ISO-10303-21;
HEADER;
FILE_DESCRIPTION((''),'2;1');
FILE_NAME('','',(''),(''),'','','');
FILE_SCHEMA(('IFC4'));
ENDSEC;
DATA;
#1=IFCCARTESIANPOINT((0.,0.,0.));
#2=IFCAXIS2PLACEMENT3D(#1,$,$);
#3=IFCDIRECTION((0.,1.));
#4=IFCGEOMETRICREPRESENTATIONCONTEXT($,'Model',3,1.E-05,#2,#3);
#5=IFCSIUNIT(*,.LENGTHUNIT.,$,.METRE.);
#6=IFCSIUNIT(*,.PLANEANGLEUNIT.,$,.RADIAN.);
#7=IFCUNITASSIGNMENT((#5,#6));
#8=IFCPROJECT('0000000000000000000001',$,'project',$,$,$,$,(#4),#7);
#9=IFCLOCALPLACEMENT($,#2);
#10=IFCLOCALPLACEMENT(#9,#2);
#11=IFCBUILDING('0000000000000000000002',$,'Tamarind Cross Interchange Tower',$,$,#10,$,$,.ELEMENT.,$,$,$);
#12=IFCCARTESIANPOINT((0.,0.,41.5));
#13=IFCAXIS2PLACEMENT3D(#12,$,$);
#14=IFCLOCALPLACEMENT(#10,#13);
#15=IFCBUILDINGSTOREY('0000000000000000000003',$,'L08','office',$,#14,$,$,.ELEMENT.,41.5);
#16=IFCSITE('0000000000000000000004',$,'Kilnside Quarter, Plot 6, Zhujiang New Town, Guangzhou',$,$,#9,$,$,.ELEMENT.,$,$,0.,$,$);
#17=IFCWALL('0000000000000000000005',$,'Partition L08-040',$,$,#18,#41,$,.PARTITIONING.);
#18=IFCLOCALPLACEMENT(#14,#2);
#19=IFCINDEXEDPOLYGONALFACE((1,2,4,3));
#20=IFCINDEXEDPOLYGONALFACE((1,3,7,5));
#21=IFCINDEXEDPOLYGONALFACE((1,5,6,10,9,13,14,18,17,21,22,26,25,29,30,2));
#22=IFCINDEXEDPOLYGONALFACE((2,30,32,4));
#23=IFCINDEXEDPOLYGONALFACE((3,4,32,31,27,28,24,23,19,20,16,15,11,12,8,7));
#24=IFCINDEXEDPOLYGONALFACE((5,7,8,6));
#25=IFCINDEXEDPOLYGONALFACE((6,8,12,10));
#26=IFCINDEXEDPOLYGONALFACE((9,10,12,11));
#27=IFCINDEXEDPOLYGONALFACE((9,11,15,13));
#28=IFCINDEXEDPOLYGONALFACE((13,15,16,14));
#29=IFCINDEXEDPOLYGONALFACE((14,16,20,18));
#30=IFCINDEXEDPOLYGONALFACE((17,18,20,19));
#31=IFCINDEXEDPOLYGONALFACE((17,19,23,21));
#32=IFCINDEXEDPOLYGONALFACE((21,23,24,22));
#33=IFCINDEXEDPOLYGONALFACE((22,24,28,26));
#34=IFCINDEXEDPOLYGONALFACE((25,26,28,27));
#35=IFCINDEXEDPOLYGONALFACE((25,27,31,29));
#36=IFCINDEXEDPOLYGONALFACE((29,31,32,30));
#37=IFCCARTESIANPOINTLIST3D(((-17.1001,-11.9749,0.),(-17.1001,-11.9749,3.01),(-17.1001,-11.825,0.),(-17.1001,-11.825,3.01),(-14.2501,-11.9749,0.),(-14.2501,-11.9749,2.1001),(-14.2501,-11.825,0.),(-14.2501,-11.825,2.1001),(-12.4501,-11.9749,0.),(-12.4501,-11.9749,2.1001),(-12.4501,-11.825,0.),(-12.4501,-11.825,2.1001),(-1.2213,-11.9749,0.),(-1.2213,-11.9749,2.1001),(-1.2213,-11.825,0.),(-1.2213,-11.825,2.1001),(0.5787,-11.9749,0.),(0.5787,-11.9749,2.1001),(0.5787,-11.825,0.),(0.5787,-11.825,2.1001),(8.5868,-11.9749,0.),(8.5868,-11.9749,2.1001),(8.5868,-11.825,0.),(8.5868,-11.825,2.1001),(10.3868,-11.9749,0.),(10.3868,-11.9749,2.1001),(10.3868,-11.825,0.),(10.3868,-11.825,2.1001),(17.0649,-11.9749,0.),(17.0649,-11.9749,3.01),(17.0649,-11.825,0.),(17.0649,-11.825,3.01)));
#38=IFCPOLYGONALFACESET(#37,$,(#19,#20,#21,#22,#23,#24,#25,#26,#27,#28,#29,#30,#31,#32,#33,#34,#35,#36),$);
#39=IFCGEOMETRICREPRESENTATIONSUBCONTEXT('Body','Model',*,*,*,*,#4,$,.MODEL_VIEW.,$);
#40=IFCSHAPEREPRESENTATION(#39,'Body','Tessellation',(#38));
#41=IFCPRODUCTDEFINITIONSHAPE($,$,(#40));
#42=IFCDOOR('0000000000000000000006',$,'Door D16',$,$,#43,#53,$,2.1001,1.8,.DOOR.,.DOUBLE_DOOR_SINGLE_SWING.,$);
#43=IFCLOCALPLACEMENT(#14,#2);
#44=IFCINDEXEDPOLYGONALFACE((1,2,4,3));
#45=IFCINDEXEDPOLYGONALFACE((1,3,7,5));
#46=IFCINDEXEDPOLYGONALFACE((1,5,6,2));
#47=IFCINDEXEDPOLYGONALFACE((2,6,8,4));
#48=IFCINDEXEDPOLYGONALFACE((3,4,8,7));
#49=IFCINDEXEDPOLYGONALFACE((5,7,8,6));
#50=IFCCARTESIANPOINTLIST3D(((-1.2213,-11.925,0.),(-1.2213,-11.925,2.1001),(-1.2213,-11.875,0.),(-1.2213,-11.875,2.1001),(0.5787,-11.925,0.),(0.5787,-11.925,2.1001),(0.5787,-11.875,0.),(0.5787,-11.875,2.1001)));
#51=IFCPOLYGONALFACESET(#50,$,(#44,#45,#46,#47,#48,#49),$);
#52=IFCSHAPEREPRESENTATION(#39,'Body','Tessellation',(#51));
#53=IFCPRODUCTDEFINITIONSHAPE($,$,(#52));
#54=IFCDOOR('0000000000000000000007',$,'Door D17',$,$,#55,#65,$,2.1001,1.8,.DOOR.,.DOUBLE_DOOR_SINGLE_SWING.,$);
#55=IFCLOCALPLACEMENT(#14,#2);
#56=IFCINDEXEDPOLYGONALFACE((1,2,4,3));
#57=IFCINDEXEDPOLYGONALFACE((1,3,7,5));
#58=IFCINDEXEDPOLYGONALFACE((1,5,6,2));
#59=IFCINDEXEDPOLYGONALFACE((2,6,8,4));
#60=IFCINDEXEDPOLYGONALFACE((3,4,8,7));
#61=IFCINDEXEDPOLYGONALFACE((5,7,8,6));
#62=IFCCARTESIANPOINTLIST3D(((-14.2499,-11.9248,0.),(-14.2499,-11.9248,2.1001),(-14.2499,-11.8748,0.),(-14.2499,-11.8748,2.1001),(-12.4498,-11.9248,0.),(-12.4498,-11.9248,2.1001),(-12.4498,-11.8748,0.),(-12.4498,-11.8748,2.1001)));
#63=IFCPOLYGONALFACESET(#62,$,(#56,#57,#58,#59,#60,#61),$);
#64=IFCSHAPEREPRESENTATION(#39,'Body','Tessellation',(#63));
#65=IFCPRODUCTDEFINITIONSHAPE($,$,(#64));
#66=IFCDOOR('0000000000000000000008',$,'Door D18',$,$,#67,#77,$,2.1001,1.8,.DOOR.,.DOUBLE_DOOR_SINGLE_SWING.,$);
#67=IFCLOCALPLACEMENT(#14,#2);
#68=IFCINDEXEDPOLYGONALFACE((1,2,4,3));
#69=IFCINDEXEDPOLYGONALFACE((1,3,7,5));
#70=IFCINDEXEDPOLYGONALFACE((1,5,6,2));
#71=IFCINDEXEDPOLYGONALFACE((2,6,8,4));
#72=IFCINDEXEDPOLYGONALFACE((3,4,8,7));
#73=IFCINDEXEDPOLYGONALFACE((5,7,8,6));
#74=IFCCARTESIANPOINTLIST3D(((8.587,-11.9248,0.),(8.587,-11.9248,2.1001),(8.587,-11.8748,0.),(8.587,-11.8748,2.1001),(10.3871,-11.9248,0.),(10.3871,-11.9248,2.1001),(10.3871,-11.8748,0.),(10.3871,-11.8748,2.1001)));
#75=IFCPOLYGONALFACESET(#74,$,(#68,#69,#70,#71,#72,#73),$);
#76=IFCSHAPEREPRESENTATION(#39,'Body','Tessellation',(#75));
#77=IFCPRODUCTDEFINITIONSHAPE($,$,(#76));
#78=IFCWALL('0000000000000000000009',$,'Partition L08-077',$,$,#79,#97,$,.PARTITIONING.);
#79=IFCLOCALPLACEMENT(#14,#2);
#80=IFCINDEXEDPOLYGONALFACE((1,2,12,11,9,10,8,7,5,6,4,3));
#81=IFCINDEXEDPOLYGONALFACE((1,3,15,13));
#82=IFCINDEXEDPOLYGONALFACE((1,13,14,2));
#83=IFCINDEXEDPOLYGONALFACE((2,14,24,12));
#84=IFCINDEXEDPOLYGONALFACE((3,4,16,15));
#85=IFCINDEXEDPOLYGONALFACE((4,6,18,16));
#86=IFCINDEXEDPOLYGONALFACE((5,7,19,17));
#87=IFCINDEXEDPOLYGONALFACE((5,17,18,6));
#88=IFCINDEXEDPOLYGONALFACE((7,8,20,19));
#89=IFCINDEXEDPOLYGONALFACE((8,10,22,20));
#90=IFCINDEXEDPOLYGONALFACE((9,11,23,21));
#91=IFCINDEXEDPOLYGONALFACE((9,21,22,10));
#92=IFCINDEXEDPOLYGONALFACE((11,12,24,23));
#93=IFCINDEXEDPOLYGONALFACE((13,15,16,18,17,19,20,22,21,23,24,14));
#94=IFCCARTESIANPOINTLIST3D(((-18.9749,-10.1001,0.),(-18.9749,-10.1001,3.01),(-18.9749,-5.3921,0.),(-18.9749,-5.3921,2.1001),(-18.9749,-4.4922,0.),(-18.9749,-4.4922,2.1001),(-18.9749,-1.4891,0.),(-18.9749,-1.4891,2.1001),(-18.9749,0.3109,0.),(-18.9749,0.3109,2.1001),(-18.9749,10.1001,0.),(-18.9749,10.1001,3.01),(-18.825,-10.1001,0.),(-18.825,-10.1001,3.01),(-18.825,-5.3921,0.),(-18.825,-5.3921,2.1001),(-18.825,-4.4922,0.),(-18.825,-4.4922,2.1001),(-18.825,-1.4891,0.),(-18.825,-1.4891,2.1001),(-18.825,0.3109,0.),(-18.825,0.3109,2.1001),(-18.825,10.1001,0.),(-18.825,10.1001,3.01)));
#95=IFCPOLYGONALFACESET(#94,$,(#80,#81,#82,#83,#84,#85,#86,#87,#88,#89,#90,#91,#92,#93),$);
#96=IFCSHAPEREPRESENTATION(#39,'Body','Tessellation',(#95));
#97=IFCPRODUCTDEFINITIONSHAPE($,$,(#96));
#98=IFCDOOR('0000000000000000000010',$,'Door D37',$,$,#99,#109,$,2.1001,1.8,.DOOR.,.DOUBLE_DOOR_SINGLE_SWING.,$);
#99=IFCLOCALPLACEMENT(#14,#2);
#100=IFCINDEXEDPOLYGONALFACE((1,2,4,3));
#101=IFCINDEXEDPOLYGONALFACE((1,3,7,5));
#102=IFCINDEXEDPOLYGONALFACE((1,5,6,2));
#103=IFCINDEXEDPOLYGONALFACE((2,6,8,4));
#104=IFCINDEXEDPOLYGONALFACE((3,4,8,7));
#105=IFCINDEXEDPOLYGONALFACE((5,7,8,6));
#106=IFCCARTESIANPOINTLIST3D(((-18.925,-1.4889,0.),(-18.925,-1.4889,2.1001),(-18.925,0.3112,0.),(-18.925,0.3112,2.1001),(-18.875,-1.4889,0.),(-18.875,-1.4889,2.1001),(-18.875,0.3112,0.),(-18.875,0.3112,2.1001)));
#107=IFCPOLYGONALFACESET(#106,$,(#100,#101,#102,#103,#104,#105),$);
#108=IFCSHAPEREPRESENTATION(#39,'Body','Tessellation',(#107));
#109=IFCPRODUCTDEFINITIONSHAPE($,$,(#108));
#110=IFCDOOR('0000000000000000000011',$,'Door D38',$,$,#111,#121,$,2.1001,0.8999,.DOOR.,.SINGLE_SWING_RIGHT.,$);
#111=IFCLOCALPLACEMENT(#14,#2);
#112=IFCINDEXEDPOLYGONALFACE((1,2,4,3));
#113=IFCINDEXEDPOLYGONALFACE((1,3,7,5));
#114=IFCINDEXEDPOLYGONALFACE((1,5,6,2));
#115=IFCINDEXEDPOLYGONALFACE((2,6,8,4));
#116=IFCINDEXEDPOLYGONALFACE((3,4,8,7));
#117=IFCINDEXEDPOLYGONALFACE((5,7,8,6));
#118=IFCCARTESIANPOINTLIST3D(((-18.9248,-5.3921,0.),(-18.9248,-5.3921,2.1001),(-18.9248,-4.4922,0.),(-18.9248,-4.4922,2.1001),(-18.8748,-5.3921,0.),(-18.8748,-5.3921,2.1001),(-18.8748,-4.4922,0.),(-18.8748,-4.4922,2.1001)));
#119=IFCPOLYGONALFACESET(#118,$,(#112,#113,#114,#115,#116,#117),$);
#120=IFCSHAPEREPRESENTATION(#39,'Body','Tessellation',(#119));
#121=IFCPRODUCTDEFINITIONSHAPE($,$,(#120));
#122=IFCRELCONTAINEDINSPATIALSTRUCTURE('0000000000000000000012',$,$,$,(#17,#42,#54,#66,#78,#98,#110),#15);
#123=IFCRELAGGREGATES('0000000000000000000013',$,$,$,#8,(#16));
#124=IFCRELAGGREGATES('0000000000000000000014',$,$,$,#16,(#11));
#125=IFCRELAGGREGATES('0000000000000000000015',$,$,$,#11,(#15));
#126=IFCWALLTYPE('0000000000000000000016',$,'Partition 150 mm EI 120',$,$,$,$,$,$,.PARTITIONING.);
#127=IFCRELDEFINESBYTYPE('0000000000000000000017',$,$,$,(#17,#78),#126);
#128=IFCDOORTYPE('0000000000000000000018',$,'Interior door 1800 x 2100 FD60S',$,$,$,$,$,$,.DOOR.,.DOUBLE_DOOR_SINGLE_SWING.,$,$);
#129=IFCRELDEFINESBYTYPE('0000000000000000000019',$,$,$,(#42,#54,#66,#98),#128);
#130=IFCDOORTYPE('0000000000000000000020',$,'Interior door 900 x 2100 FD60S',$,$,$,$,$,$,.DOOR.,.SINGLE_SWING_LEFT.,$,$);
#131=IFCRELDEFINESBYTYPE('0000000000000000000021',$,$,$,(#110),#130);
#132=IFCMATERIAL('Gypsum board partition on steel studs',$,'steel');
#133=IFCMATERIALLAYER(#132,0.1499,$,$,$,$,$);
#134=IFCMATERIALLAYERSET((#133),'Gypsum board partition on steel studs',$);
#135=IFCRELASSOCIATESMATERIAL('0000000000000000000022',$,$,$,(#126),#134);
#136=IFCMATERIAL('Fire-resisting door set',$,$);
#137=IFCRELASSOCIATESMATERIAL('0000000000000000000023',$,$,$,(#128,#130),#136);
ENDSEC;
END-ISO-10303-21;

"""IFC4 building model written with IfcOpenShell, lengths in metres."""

from ifc_helpers import new_model, si_unit, direction, frame, frame_2d, origin, place, context, subcontext, project, spatial, rectangle, extrude, material, layer, layer_set, type_object, element, fill, save


model = new_model("IFC4")

# Units and contexts
model_context = context("Model", 3, precision=1e-05, world=origin(), true_north=direction((0.0, 1.0)))
body_context = subcontext(model_context, "Body", "Model", "MODEL_VIEW")
ifc_project = project(units=[si_unit("LENGTHUNIT", "METRE"), si_unit("PLANEANGLEUNIT", "RADIAN")], contexts=[model_context])

# Site, building, storey
site_placement = place(None, origin())
site = spatial("IfcSite", under=ifc_project, at=site_placement, Name="Kilnside Quarter, Plot 6, Zhujiang New Town, Guangzhou", CompositionType="ELEMENT", RefElevation=0.0)
building_placement = place(site_placement, origin())
building = spatial("IfcBuilding", under=site, at=building_placement, Name="Tamarind Cross Interchange Tower", CompositionType="ELEMENT")
storey_placement = place(building_placement, frame((0.0, 0.0, 41.5)))
storey = spatial("IfcBuildingStorey", under=building, at=storey_placement, Name="L08", Description="office", CompositionType="ELEMENT", Elevation=41.5)

# Shared definitions
ifc_material_1 = material(Name="Gypsum board partition on steel studs", Category="steel")
ifc_layer_1 = layer(ifc_material_1, 0.1499)
ifc_layer_set_1 = layer_set([ifc_layer_1], Name="Gypsum board partition on steel studs")
wall_type_1 = type_object("IfcWallType", Name="Partition 150 mm EI 120", PredefinedType="PARTITIONING", material=ifc_layer_set_1)

# Walls, openings, doors
wall_1_placement = place(storey_placement, frame((-17.1001, -11.8999, 0.0), z_axis=(0.0, 0.0, 1.0), x_axis=(1.0, 0.0, 0.0)))
wall_1 = element("IfcWall", 1, at=wall_1_placement, inside=storey, type_object=wall_type_1, Name="Partition L08-040", PredefinedType="PARTITIONING", context=body_context, shape_type="SweptSolid", body=[
    extrude(rectangle(XDim=34.165, YDim=0.1499, at=frame_2d((17.0825, 0.0))), origin(), (0.0, 0.0, 1.0), 3.01),
])
opening_1_placement = place(wall_1_placement, frame((15.8789, 0.0, 0.0)))
opening_1 = element("IfcOpeningElement", 2, at=opening_1_placement, cuts=wall_1, PredefinedType="OPENING", context=body_context, shape_type="SweptSolid", body=[
    extrude(rectangle(XDim=1.8, YDim=2.1001, at=frame_2d((0.8999, 1.05))), frame((0.0, 0.085, 0.0), z_axis=(0.0, -1.0, 0.0), x_axis=(1.0, 0.0, 0.0)), (0.0, 0.0, 1.0), 0.1699),
])
opening_2_placement = place(wall_1_placement, frame((2.8501, 0.0, 0.0)))
opening_2 = element("IfcOpeningElement", 3, at=opening_2_placement, cuts=wall_1, PredefinedType="OPENING", context=body_context, shape_type="SweptSolid", body=[
    extrude(rectangle(XDim=1.8, YDim=2.1001, at=frame_2d((0.8999, 1.05))), frame((0.0, 0.085, 0.0), z_axis=(0.0, -1.0, 0.0), x_axis=(1.0, 0.0, 0.0)), (0.0, 0.0, 1.0), 0.1699),
])
opening_3_placement = place(wall_1_placement, frame((25.687, 0.0, 0.0)))
opening_3 = element("IfcOpeningElement", 4, at=opening_3_placement, cuts=wall_1, PredefinedType="OPENING", context=body_context, shape_type="SweptSolid", body=[
    extrude(rectangle(XDim=1.8, YDim=2.1001, at=frame_2d((0.8999, 1.05))), frame((0.0, 0.085, 0.0), z_axis=(0.0, -1.0, 0.0), x_axis=(1.0, 0.0, 0.0)), (0.0, 0.0, 1.0), 0.1699),
])
ifc_material_2 = material(Name="Fire-resisting door set")
door_type_1 = type_object("IfcDoorType", Name="Interior door 1800 x 2100 FD60S", OperationType="DOUBLE_DOOR_SINGLE_SWING", PredefinedType="DOOR", material=ifc_material_2)
door_1_placement = place(opening_1_placement, origin())
door_1 = element("IfcDoor", 5, at=door_1_placement, inside=storey, type_object=door_type_1, Name="Door D16", OperationType="DOUBLE_DOOR_SINGLE_SWING", OverallHeight=2.1001, OverallWidth=1.8, PredefinedType="DOOR", context=body_context, shape_type="SweptSolid", body=[
    extrude(rectangle(XDim=1.8, YDim=2.1001, at=frame_2d((0.8999, 1.05))), frame((0.0, 0.0249, 0.0), z_axis=(0.0, -1.0, 0.0), x_axis=(1.0, 0.0, 0.0)), (0.0, 0.0, 1.0), 0.05),
])
fill(opening_1, door_1)
door_2_placement = place(opening_2_placement, frame((1.8, 0.0, 0.0), z_axis=(0.0, 0.0, 1.0), x_axis=(-1.0, 0.0, 0.0)))
door_2 = element("IfcDoor", 6, at=door_2_placement, inside=storey, type_object=door_type_1, Name="Door D17", OperationType="DOUBLE_DOOR_SINGLE_SWING", OverallHeight=2.1001, OverallWidth=1.8, PredefinedType="DOOR", context=body_context, shape_type="SweptSolid", body=[
    extrude(rectangle(XDim=1.8, YDim=2.1001, at=frame_2d((0.8999, 1.05))), frame((0.0, 0.0249, 0.0), z_axis=(0.0, -1.0, 0.0), x_axis=(1.0, 0.0, 0.0)), (0.0, 0.0, 1.0), 0.05),
])
fill(opening_2, door_2)
door_3_placement = place(opening_3_placement, frame((1.8, 0.0, 0.0), z_axis=(0.0, 0.0, 1.0), x_axis=(-1.0, 0.0, 0.0)))
door_3 = element("IfcDoor", 7, at=door_3_placement, inside=storey, type_object=door_type_1, Name="Door D18", OperationType="DOUBLE_DOOR_SINGLE_SWING", OverallHeight=2.1001, OverallWidth=1.8, PredefinedType="DOOR", context=body_context, shape_type="SweptSolid", body=[
    extrude(rectangle(XDim=1.8, YDim=2.1001, at=frame_2d((0.8999, 1.05))), frame((0.0, 0.0249, 0.0), z_axis=(0.0, -1.0, 0.0), x_axis=(1.0, 0.0, 0.0)), (0.0, 0.0, 1.0), 0.05),
])
fill(opening_3, door_3)
wall_2_placement = place(storey_placement, frame((-18.8999, -10.1001, 0.0), z_axis=(0.0, 0.0, 1.0), x_axis=(0.0, 1.0, 0.0)))
wall_2 = element("IfcWall", 8, at=wall_2_placement, inside=storey, type_object=wall_type_1, Name="Partition L08-077", PredefinedType="PARTITIONING", context=body_context, shape_type="SweptSolid", body=[
    extrude(rectangle(XDim=20.2002, YDim=0.1499, at=frame_2d((10.1001, 0.0))), origin(), (0.0, 0.0, 1.0), 3.01),
])
opening_4_placement = place(wall_2_placement, frame((8.6111, 0.0, 0.0)))
opening_4 = element("IfcOpeningElement", 9, at=opening_4_placement, cuts=wall_2, PredefinedType="OPENING", context=body_context, shape_type="SweptSolid", body=[
    extrude(rectangle(XDim=1.8, YDim=2.1001, at=frame_2d((0.8999, 1.05))), frame((0.0, 0.085, 0.0), z_axis=(0.0, -1.0, 0.0), x_axis=(1.0, 0.0, 0.0)), (0.0, 0.0, 1.0), 0.1699),
])
opening_5_placement = place(wall_2_placement, frame((4.708, 0.0, 0.0)))
opening_5 = element("IfcOpeningElement", 10, at=opening_5_placement, cuts=wall_2, PredefinedType="OPENING", context=body_context, shape_type="SweptSolid", body=[
    extrude(rectangle(XDim=0.8999, YDim=2.1001, at=frame_2d((0.45, 1.05))), frame((0.0, 0.085, 0.0), z_axis=(0.0, -1.0, 0.0), x_axis=(1.0, 0.0, 0.0)), (0.0, 0.0, 1.0), 0.1699),
])
door_4_placement = place(opening_4_placement, frame((1.8, 0.0, 0.0), z_axis=(0.0, 0.0, 1.0), x_axis=(-1.0, 0.0, 0.0)))
door_4 = element("IfcDoor", 11, at=door_4_placement, inside=storey, type_object=door_type_1, Name="Door D37", OperationType="DOUBLE_DOOR_SINGLE_SWING", OverallHeight=2.1001, OverallWidth=1.8, PredefinedType="DOOR", context=body_context, shape_type="SweptSolid", body=[
    extrude(rectangle(XDim=1.8, YDim=2.1001, at=frame_2d((0.8999, 1.05))), frame((0.0, 0.0249, 0.0), z_axis=(0.0, -1.0, 0.0), x_axis=(1.0, 0.0, 0.0)), (0.0, 0.0, 1.0), 0.05),
])
fill(opening_4, door_4)
door_type_2 = type_object("IfcDoorType", Name="Interior door 900 x 2100 FD60S", OperationType="SINGLE_SWING_LEFT", PredefinedType="DOOR", material=ifc_material_2)
door_5_placement = place(opening_5_placement, origin())
door_5 = element("IfcDoor", 12, at=door_5_placement, inside=storey, type_object=door_type_2, Name="Door D38", OperationType="SINGLE_SWING_RIGHT", OverallHeight=2.1001, OverallWidth=0.8999, PredefinedType="DOOR", context=body_context, shape_type="SweptSolid", body=[
    extrude(rectangle(XDim=0.8999, YDim=2.1001, at=frame_2d((0.45, 1.05))), frame((0.0, 0.0249, 0.0), z_axis=(0.0, -1.0, 0.0), x_axis=(1.0, 0.0, 0.0)), (0.0, 0.0, 1.0), 0.05),
])
fill(opening_5, door_5)

save(model, "model.ifc")
